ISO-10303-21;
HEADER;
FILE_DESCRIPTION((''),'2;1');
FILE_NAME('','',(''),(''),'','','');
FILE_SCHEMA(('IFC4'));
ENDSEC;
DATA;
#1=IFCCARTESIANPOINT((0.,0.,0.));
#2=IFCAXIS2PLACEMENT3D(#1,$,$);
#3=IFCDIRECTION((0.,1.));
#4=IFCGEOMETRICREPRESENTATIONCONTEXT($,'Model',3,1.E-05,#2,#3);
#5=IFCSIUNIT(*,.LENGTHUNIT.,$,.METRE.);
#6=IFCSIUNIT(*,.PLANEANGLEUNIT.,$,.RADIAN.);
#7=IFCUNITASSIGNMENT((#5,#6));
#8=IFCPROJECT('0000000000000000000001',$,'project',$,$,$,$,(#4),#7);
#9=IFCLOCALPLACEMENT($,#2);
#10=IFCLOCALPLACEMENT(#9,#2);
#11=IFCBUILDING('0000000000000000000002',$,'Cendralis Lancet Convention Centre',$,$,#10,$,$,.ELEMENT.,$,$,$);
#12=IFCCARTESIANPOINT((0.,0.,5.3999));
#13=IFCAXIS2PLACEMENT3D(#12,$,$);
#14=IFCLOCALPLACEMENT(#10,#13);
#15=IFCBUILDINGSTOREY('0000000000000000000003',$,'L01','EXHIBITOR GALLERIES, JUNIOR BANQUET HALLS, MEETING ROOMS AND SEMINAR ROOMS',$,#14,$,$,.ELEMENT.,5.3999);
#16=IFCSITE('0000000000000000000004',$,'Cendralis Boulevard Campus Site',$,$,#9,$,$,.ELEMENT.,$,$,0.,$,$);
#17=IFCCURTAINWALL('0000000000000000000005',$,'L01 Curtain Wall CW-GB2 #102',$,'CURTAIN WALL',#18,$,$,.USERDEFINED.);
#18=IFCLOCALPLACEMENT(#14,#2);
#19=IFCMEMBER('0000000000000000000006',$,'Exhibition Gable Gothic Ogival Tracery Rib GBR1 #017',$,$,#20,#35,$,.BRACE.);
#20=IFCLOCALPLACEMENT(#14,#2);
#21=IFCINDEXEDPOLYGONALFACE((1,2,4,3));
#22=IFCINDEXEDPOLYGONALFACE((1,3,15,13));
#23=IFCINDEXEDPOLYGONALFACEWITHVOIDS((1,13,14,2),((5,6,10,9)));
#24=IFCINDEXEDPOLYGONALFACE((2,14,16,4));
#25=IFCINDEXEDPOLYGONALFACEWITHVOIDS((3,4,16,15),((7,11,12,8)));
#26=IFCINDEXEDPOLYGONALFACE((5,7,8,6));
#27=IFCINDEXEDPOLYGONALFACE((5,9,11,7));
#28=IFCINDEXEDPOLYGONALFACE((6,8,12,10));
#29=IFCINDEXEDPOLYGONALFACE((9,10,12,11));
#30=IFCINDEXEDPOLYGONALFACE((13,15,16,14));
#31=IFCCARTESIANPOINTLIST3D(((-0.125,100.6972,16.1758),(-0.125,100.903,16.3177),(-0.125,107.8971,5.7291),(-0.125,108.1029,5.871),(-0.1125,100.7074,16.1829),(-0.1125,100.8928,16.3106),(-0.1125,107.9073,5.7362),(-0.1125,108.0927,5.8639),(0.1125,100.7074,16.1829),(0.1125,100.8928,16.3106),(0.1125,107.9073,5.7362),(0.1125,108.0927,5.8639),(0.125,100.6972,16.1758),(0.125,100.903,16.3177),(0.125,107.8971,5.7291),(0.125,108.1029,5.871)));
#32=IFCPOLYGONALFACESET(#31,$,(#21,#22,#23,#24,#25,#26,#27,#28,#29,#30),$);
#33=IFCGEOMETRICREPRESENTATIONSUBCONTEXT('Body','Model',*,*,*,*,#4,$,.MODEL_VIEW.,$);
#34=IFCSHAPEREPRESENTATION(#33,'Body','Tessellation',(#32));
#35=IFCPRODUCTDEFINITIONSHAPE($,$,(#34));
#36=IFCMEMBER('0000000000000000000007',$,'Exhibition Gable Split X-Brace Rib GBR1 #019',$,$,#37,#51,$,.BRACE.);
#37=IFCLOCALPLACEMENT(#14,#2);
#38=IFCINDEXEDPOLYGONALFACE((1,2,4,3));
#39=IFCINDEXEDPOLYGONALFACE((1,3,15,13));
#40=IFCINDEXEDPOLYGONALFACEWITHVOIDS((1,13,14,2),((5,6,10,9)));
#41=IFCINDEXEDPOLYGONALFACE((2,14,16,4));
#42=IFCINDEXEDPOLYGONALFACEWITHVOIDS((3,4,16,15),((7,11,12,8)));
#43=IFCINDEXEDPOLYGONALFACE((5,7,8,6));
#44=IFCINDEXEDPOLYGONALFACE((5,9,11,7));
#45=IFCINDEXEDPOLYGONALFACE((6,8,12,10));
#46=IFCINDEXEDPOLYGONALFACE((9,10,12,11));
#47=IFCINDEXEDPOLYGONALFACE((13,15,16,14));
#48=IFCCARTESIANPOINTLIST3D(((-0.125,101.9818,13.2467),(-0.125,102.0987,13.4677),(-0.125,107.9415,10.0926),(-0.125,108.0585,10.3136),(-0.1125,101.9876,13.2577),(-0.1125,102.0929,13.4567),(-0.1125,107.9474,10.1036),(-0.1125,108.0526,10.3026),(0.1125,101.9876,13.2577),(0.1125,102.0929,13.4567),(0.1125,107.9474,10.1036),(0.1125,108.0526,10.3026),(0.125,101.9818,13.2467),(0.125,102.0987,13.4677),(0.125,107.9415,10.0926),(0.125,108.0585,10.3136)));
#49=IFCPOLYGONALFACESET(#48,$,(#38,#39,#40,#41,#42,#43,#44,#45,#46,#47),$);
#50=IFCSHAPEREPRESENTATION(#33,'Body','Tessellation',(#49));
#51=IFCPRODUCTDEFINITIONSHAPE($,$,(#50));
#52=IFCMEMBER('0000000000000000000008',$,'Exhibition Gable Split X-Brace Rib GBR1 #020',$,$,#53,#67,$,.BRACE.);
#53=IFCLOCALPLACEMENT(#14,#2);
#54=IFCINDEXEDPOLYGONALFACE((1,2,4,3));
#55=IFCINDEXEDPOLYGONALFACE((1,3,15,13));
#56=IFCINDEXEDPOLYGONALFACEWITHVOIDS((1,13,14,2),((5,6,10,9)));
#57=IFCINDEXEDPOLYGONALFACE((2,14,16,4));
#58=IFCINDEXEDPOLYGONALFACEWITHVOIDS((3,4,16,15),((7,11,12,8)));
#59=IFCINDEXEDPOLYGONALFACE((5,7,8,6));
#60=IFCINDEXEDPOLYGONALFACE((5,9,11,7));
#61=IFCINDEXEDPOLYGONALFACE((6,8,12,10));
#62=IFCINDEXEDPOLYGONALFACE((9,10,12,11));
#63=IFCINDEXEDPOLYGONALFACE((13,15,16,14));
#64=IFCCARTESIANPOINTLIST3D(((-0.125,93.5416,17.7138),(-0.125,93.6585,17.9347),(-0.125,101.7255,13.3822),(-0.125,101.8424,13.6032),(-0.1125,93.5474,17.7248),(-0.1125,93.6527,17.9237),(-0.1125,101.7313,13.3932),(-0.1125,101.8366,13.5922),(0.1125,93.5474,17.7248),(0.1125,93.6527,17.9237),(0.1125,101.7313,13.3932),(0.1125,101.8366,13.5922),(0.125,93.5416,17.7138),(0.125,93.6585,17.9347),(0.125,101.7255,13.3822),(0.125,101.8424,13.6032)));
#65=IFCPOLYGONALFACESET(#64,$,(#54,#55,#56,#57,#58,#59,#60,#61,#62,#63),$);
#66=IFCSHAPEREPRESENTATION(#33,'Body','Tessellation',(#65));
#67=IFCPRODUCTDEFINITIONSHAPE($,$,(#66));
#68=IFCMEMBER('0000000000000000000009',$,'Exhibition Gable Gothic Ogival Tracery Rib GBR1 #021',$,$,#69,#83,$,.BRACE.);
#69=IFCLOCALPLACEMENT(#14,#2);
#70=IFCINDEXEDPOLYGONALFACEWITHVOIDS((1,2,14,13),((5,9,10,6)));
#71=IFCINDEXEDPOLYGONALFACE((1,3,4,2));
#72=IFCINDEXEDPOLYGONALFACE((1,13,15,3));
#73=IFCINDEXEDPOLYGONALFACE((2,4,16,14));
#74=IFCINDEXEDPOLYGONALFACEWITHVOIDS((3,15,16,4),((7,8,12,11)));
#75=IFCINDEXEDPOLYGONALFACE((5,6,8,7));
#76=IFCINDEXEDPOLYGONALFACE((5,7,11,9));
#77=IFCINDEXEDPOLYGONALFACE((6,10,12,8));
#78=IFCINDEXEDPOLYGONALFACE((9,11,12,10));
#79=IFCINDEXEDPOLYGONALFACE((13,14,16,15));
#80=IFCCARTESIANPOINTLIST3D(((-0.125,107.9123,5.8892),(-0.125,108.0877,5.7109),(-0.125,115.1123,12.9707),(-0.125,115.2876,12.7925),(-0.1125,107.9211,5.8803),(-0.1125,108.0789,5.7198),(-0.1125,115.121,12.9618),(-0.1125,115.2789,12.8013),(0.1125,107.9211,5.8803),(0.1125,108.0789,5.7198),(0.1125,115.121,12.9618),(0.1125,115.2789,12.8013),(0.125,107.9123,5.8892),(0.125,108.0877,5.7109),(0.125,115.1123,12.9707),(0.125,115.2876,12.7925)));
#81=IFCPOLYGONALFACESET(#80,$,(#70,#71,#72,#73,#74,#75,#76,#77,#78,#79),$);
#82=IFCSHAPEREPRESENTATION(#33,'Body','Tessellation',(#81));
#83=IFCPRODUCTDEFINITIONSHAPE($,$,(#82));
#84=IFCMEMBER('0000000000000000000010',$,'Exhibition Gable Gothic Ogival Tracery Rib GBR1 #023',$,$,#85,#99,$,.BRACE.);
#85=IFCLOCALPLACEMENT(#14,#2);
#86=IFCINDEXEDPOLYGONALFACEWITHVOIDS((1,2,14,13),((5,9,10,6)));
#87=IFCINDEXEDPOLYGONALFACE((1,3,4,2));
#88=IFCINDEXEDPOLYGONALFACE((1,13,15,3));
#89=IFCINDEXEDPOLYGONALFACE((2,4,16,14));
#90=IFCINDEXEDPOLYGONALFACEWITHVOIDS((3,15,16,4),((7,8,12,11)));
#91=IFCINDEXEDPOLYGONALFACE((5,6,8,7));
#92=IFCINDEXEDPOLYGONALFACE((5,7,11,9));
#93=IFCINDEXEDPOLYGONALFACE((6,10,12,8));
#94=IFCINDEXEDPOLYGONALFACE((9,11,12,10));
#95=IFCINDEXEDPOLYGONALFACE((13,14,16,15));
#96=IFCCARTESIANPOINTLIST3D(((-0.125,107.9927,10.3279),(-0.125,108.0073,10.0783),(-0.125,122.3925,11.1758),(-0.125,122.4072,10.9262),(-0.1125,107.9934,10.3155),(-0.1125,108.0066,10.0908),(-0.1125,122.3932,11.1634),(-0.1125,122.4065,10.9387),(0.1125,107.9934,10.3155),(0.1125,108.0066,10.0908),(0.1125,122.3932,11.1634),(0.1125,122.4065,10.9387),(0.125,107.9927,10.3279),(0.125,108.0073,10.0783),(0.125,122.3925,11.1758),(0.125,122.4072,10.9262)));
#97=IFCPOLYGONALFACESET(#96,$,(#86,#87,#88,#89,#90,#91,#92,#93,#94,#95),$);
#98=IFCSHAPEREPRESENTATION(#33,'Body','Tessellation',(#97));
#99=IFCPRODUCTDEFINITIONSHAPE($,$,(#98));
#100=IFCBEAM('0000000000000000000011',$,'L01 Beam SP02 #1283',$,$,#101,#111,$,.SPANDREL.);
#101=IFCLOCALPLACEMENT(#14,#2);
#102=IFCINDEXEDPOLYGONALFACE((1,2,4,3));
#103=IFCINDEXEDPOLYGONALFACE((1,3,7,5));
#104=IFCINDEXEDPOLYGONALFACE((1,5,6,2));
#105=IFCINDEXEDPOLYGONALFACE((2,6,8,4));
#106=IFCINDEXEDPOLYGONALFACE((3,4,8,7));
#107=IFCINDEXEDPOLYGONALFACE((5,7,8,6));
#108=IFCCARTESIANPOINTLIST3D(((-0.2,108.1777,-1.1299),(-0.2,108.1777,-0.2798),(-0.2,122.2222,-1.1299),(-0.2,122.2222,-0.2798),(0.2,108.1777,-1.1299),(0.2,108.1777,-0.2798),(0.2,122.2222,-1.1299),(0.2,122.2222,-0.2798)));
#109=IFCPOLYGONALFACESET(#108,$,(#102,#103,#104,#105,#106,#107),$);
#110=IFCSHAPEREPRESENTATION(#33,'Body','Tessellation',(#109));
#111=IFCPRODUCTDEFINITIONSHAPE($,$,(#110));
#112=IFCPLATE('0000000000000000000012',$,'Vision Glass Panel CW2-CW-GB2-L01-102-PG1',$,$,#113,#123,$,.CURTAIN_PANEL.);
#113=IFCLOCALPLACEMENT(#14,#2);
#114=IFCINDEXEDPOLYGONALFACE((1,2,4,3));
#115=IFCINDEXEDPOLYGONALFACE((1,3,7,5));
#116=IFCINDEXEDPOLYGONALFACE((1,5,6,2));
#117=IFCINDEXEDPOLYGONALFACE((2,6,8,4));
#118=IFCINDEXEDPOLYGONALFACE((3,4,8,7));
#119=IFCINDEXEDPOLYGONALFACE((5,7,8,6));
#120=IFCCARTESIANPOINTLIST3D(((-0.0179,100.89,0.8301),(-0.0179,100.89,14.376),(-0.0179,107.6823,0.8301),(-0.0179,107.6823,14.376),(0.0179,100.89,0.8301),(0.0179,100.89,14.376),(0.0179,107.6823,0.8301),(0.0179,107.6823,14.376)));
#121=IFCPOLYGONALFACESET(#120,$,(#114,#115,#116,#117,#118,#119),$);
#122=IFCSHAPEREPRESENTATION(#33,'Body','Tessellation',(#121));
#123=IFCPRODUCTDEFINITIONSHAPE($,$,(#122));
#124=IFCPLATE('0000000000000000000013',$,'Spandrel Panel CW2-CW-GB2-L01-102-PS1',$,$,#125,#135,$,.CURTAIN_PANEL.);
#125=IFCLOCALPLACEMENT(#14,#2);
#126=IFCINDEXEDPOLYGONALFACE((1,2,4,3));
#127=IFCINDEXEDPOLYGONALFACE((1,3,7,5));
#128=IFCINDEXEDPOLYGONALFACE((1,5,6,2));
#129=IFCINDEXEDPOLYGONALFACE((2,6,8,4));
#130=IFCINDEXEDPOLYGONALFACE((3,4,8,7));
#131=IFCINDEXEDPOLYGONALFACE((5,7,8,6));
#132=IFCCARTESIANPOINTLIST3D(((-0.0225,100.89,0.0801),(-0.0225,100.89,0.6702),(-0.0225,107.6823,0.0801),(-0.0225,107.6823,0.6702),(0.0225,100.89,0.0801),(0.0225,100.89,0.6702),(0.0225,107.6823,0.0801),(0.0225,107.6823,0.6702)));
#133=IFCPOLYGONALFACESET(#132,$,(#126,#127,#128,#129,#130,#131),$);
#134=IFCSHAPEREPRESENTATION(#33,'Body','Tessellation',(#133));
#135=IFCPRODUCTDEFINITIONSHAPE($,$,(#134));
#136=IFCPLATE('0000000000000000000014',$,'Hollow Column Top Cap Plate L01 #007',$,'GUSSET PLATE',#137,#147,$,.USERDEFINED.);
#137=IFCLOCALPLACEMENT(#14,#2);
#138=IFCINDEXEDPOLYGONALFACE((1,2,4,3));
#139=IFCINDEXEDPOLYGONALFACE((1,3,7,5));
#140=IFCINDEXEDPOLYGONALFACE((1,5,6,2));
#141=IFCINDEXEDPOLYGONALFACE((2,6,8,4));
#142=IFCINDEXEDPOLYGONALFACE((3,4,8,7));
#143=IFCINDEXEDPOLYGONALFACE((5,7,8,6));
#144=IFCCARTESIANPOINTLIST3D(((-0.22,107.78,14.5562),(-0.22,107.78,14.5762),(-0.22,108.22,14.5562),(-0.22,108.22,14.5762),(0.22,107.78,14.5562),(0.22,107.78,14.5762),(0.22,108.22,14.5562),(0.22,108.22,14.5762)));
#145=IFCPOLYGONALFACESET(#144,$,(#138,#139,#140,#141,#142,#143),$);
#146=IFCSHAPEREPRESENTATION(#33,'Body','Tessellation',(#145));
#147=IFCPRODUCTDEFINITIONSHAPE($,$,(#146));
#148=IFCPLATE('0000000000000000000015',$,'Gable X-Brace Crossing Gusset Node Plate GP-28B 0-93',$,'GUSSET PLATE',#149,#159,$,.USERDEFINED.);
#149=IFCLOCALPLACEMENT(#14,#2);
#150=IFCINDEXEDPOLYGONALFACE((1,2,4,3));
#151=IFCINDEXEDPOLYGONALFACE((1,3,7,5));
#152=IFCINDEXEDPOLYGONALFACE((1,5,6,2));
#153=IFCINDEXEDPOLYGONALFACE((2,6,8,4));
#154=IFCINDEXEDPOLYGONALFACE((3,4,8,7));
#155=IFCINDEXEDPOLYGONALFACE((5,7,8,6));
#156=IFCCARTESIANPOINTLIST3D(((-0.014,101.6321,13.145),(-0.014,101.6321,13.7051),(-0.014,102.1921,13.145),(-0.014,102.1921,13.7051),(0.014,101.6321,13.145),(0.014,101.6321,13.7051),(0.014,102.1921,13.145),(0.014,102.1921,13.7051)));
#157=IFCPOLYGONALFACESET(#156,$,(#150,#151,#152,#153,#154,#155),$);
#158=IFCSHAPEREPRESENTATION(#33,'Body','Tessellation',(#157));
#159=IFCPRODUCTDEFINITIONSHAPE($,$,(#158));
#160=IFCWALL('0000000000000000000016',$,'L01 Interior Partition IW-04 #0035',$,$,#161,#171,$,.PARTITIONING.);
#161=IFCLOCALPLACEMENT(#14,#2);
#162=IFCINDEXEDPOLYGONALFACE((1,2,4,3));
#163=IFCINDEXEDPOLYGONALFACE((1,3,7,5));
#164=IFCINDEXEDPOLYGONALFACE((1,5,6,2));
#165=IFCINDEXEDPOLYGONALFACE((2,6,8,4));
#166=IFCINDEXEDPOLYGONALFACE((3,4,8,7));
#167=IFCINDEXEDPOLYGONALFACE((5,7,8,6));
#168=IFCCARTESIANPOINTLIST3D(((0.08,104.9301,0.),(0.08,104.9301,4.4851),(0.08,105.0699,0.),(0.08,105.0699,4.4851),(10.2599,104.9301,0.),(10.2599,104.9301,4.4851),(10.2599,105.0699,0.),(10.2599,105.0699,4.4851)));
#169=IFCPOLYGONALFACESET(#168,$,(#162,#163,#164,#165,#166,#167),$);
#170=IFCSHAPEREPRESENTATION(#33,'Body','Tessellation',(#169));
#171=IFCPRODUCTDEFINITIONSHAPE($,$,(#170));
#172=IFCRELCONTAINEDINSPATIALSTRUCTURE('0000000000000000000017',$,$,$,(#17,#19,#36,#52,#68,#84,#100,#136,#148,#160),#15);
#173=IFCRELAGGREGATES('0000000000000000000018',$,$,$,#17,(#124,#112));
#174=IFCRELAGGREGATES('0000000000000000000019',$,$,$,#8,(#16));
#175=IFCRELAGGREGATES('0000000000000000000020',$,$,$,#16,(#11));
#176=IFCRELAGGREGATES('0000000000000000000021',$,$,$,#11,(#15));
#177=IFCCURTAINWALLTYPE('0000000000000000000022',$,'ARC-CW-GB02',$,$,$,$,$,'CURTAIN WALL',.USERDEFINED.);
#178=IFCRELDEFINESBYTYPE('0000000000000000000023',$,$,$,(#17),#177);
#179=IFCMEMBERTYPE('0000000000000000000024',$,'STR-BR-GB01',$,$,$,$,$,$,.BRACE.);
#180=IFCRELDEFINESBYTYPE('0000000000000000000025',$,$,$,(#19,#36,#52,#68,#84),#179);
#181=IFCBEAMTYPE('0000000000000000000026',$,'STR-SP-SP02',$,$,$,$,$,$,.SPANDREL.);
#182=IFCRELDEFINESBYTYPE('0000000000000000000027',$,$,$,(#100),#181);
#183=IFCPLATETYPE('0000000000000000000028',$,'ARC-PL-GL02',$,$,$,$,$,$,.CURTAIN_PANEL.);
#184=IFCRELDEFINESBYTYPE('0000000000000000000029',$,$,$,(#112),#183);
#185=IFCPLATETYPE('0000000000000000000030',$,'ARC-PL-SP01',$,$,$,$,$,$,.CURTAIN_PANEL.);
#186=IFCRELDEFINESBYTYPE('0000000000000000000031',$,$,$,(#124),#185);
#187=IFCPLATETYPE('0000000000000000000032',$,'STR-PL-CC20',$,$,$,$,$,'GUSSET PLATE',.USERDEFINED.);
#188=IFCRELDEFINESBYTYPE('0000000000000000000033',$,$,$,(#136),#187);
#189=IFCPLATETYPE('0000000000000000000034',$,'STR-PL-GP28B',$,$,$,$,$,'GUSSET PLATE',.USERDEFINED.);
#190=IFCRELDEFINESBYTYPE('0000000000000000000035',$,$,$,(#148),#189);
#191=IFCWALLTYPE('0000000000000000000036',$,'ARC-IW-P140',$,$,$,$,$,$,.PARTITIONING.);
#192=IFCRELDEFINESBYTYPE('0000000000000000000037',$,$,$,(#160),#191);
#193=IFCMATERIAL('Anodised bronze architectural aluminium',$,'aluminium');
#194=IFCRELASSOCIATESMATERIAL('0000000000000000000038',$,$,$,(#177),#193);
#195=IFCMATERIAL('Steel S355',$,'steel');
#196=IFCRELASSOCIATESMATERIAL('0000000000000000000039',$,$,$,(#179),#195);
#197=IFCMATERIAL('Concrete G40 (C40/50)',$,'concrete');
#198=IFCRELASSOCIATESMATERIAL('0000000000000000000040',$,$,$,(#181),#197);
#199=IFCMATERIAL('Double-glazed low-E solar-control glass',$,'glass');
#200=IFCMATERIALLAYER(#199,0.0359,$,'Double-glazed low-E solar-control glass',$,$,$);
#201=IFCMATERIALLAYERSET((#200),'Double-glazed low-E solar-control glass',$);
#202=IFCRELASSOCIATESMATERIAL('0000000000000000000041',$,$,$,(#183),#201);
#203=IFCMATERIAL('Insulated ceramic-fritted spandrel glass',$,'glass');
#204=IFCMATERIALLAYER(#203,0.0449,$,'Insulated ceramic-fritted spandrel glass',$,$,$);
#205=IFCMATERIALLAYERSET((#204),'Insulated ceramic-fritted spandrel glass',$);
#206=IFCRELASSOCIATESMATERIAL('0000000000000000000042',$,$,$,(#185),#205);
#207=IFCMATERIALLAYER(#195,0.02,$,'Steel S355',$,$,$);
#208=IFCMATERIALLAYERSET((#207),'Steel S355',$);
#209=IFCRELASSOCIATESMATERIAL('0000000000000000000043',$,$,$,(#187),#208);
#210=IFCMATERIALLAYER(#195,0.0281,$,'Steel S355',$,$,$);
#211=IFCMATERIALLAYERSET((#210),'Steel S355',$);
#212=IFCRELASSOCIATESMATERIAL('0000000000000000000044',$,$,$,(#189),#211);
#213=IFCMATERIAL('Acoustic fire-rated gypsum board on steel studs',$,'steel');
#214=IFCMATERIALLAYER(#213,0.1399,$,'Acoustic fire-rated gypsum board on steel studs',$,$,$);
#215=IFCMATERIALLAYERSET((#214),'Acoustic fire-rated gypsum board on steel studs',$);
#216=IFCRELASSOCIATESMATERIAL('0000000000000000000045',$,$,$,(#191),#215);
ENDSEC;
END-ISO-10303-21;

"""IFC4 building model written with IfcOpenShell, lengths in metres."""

from ifc_helpers import new_model, si_unit, direction, frame, frame_2d, origin, origin_2d, place, context, subcontext, project, spatial, rectangle, hollow_rectangle, extrude, material, layer, layer_set, material_profile, profile_set, type_object, element, aggregate, save


model = new_model("IFC4")

# Units and contexts
model_context = context("Model", 3, precision=1e-05, world=origin(), true_north=direction((0.0, 1.0)))
body_context = subcontext(model_context, "Body", "Model", "MODEL_VIEW")
ifc_project = project(units=[si_unit("LENGTHUNIT", "METRE"), si_unit("PLANEANGLEUNIT", "RADIAN")], contexts=[model_context])

# Site, building, storey
site_placement = place(None, origin())
site = spatial("IfcSite", under=ifc_project, at=site_placement, Name="Cendralis Boulevard Campus Site", CompositionType="ELEMENT", RefElevation=0.0)
building_placement = place(site_placement, origin())
building = spatial("IfcBuilding", under=site, at=building_placement, Name="Cendralis Lancet Convention Centre", CompositionType="ELEMENT")
storey_placement = place(building_placement, frame((0.0, 0.0, 5.3999)))
storey = spatial("IfcBuildingStorey", under=building, at=storey_placement, Name="L01", Description="EXHIBITOR GALLERIES, JUNIOR BANQUET HALLS, MEETING ROOMS AND SEMINAR ROOMS", CompositionType="ELEMENT", Elevation=5.3999)

# Shared definitions
ifc_material_1 = material(Name="Steel S355", Category="steel")

# Curtain wall
ifc_material_2 = material(Name="Anodised bronze architectural aluminium", Category="aluminium")
curtain_wall_type = type_object("IfcCurtainWallType", Name="ARC-CW-GB02", ElementType="CURTAIN WALL", PredefinedType="USERDEFINED", material=ifc_material_2)
curtain_wall_1_placement = place(storey_placement, origin())
curtain_wall_1 = element("IfcCurtainWall", 1, at=curtain_wall_1_placement, inside=storey, type_object=curtain_wall_type, Name="L01 Curtain Wall CW-GB2 #102", ObjectType="CURTAIN WALL", PredefinedType="USERDEFINED")

# Shared definitions
ifc_material_3 = material(Name="Concrete G40 (C40/50)", Category="concrete")

# Members
ifc_material_profile_1 = material_profile(ifc_material_1, hollow_rectangle(XDim=0.25, YDim=0.25, WallThickness=0.0125, at=origin_2d()), Name="SHS 250x250x12.5")
ifc_profile_set_1 = profile_set([ifc_material_profile_1], Name="Steel S355")
member_type_1 = type_object("IfcMemberType", Name="STR-BR-GB01", PredefinedType="BRACE", material=ifc_profile_set_1)
member_1_placement = place(storey_placement, frame((0.0, 108.0, 5.8), z_axis=(0.0, -0.567481, 0.823387), x_axis=(1.0, 0.0, 0.0)))
element("IfcMember", 2, at=member_1_placement, inside=storey, type_object=member_type_1, Name="Exhibition Gable Gothic Ogival Tracery Rib GBR1 #017", PredefinedType="BRACE", context=body_context, shape_type="SweptSolid", body=[
    extrude(hollow_rectangle(XDim=0.25, YDim=0.25, WallThickness=0.0125, at=origin_2d()), origin(), (0.0, 0.0, 1.0), 12.6875),
])
member_2_placement = place(storey_placement, frame((0.0, 108.0, 10.2031), z_axis=(0.0, -0.883855, 0.467761), x_axis=(1.0, 0.0, 0.0)))
element("IfcMember", 3, at=member_2_placement, inside=storey, type_object=member_type_1, Name="Exhibition Gable Split X-Brace Rib GBR1 #019", PredefinedType="BRACE", context=body_context, shape_type="SweptSolid", body=[
    extrude(hollow_rectangle(XDim=0.25, YDim=0.25, WallThickness=0.0125, at=origin_2d()), origin(), (0.0, 0.0, 1.0), 6.7429),
])
member_3_placement = place(storey_placement, frame((0.0, 101.7839, 13.4927), z_axis=(0.0, -0.883836, 0.467797), x_axis=(1.0, 0.0, 0.0)))
element("IfcMember", 4, at=member_3_placement, inside=storey, type_object=member_type_1, Name="Exhibition Gable Split X-Brace Rib GBR1 #020", PredefinedType="BRACE", context=body_context, shape_type="SweptSolid", body=[
    extrude(hollow_rectangle(XDim=0.25, YDim=0.25, WallThickness=0.0125, at=origin_2d()), origin(), (0.0, 0.0, 1.0), 9.2595),
])
member_4_placement = place(storey_placement, frame((0.0, 108.0, 5.8), z_axis=(0.0, 0.712945, 0.70122), x_axis=(-1.0, 0.0, 0.0)))
element("IfcMember", 5, at=member_4_placement, inside=storey, type_object=member_type_1, Name="Exhibition Gable Gothic Ogival Tracery Rib GBR1 #021", PredefinedType="BRACE", context=body_context, shape_type="SweptSolid", body=[
    extrude(hollow_rectangle(XDim=0.25, YDim=0.25, WallThickness=0.0125, at=origin_2d()), origin(), (0.0, 0.0, 1.0), 10.0989),
])
member_5_placement = place(storey_placement, frame((0.0, 108.0, 10.2031), z_axis=(0.0, 0.998271, 0.058781), x_axis=(-1.0, 0.0, 0.0)))
element("IfcMember", 6, at=member_5_placement, inside=storey, type_object=member_type_1, Name="Exhibition Gable Gothic Ogival Tracery Rib GBR1 #023", PredefinedType="BRACE", context=body_context, shape_type="SweptSolid", body=[
    extrude(hollow_rectangle(XDim=0.25, YDim=0.25, WallThickness=0.0125, at=origin_2d()), origin(), (0.0, 0.0, 1.0), 14.4248),
])

# Beam
ifc_material_profile_2 = material_profile(ifc_material_3, rectangle(XDim=0.3999, YDim=0.8501, at=origin_2d()), Name="RCB 400x850")
ifc_profile_set_2 = profile_set([ifc_material_profile_2], Name="Concrete G40 (C40/50)")
beam_type_1 = type_object("IfcBeamType", Name="STR-SP-SP02", PredefinedType="SPANDREL", material=ifc_profile_set_2)
beam_1_placement = place(storey_placement, frame((0.0, 108.1777, -0.7048), z_axis=(0.0, 1.0, 0.0), x_axis=(-1.0, 0.0, 0.0)))
element("IfcBeam", 7, at=beam_1_placement, inside=storey, type_object=beam_type_1, Name="L01 Beam SP02 #1283", PredefinedType="SPANDREL", context=body_context, shape_type="SweptSolid", body=[
    extrude(rectangle(XDim=0.3999, YDim=0.8501, at=origin_2d()), origin(), (0.0, 0.0, 1.0), 14.0444),
])

# Plates
ifc_material_4 = material(Name="Double-glazed low-E solar-control glass", Category="glass")
ifc_layer_1 = layer(ifc_material_4, 0.0359, Name="Double-glazed low-E solar-control glass")
ifc_layer_set_1 = layer_set([ifc_layer_1], Name="Double-glazed low-E solar-control glass")
plate_type_1 = type_object("IfcPlateType", Name="ARC-PL-GL02", PredefinedType="CURTAIN_PANEL", material=ifc_layer_set_1)
plate_1_placement = place(storey_placement, frame((0.0, 104.2861, 0.8301), z_axis=(0.0, 0.0, 1.0), x_axis=(0.0, 1.0, 0.0)))
plate_1 = element("IfcPlate", 8, at=plate_1_placement, type_object=plate_type_1, Name="Vision Glass Panel CW2-CW-GB2-L01-102-PG1", PredefinedType="CURTAIN_PANEL", context=body_context, shape_type="SweptSolid", body=[
    extrude(rectangle(XDim=6.7922, YDim=0.0359, at=origin_2d()), origin(), (0.0, 0.0, 1.0), 13.5459),
])
ifc_material_5 = material(Name="Insulated ceramic-fritted spandrel glass", Category="glass")
ifc_layer_2 = layer(ifc_material_5, 0.0449, Name="Insulated ceramic-fritted spandrel glass")
ifc_layer_set_2 = layer_set([ifc_layer_2], Name="Insulated ceramic-fritted spandrel glass")
plate_type_2 = type_object("IfcPlateType", Name="ARC-PL-SP01", PredefinedType="CURTAIN_PANEL", material=ifc_layer_set_2)
plate_2_placement = place(storey_placement, frame((0.0, 104.2861, 0.0801), z_axis=(0.0, 0.0, 1.0), x_axis=(0.0, 1.0, 0.0)))
plate_2 = element("IfcPlate", 9, at=plate_2_placement, type_object=plate_type_2, Name="Spandrel Panel CW2-CW-GB2-L01-102-PS1", PredefinedType="CURTAIN_PANEL", context=body_context, shape_type="SweptSolid", body=[
    extrude(rectangle(XDim=6.7922, YDim=0.0449, at=origin_2d()), origin(), (0.0, 0.0, 1.0), 0.5901),
])
aggregate(curtain_wall_1, [plate_2, plate_1])

# Plates
ifc_layer_3 = layer(ifc_material_1, 0.02, Name="Steel S355")
ifc_layer_set_3 = layer_set([ifc_layer_3], Name="Steel S355")
plate_type_3 = type_object("IfcPlateType", Name="STR-PL-CC20", ElementType="GUSSET PLATE", PredefinedType="USERDEFINED", material=ifc_layer_set_3)
plate_3_placement = place(storey_placement, frame((0.0, 108.0, 14.5562), z_axis=(0.0, 0.0, 1.0), x_axis=(1.0, 0.0, 0.0)))
element("IfcPlate", 10, at=plate_3_placement, inside=storey, type_object=plate_type_3, Name="Hollow Column Top Cap Plate L01 #007", ObjectType="GUSSET PLATE", PredefinedType="USERDEFINED", context=body_context, shape_type="SweptSolid", body=[
    extrude(rectangle(XDim=0.4399, YDim=0.4399, at=origin_2d()), origin(), (0.0, 0.0, 1.0), 0.02),
])
ifc_layer_4 = layer(ifc_material_1, 0.0281, Name="Steel S355")
ifc_layer_set_4 = layer_set([ifc_layer_4], Name="Steel S355")
plate_type_4 = type_object("IfcPlateType", Name="STR-PL-GP28B", ElementType="GUSSET PLATE", PredefinedType="USERDEFINED", material=ifc_layer_set_4)
plate_4_placement = place(storey_placement, frame((0.0, 101.9121, 13.145), z_axis=(0.0, 0.0, 1.0), x_axis=(0.0, 1.0, 0.0)))
element("IfcPlate", 11, at=plate_4_placement, inside=storey, type_object=plate_type_4, Name="Gable X-Brace Crossing Gusset Node Plate GP-28B 0-93", ObjectType="GUSSET PLATE", PredefinedType="USERDEFINED", context=body_context, shape_type="SweptSolid", body=[
    extrude(rectangle(XDim=0.5601, YDim=0.0281, at=origin_2d()), origin(), (0.0, 0.0, 1.0), 0.5601),
])

# Wall
ifc_material_6 = material(Name="Acoustic fire-rated gypsum board on steel studs", Category="steel")
ifc_layer_5 = layer(ifc_material_6, 0.1399, Name="Acoustic fire-rated gypsum board on steel studs")
ifc_layer_set_5 = layer_set([ifc_layer_5], Name="Acoustic fire-rated gypsum board on steel studs")
wall_type = type_object("IfcWallType", Name="ARC-IW-P140", PredefinedType="PARTITIONING", material=ifc_layer_set_5)
wall_1_placement = place(storey_placement, frame((0.0801, 105.0, 0.0), z_axis=(0.0, 0.0, 1.0), x_axis=(1.0, 0.0, 0.0)))
element("IfcWall", 12, at=wall_1_placement, inside=storey, type_object=wall_type, Name="L01 Interior Partition IW-04 #0035", PredefinedType="PARTITIONING", context=body_context, shape_type="SweptSolid", body=[
    extrude(rectangle(XDim=10.1799, YDim=0.1399, at=frame_2d((5.0898, 0.0))), origin(), (0.0, 0.0, 1.0), 4.4851),
])

save(model, "model.ifc")
